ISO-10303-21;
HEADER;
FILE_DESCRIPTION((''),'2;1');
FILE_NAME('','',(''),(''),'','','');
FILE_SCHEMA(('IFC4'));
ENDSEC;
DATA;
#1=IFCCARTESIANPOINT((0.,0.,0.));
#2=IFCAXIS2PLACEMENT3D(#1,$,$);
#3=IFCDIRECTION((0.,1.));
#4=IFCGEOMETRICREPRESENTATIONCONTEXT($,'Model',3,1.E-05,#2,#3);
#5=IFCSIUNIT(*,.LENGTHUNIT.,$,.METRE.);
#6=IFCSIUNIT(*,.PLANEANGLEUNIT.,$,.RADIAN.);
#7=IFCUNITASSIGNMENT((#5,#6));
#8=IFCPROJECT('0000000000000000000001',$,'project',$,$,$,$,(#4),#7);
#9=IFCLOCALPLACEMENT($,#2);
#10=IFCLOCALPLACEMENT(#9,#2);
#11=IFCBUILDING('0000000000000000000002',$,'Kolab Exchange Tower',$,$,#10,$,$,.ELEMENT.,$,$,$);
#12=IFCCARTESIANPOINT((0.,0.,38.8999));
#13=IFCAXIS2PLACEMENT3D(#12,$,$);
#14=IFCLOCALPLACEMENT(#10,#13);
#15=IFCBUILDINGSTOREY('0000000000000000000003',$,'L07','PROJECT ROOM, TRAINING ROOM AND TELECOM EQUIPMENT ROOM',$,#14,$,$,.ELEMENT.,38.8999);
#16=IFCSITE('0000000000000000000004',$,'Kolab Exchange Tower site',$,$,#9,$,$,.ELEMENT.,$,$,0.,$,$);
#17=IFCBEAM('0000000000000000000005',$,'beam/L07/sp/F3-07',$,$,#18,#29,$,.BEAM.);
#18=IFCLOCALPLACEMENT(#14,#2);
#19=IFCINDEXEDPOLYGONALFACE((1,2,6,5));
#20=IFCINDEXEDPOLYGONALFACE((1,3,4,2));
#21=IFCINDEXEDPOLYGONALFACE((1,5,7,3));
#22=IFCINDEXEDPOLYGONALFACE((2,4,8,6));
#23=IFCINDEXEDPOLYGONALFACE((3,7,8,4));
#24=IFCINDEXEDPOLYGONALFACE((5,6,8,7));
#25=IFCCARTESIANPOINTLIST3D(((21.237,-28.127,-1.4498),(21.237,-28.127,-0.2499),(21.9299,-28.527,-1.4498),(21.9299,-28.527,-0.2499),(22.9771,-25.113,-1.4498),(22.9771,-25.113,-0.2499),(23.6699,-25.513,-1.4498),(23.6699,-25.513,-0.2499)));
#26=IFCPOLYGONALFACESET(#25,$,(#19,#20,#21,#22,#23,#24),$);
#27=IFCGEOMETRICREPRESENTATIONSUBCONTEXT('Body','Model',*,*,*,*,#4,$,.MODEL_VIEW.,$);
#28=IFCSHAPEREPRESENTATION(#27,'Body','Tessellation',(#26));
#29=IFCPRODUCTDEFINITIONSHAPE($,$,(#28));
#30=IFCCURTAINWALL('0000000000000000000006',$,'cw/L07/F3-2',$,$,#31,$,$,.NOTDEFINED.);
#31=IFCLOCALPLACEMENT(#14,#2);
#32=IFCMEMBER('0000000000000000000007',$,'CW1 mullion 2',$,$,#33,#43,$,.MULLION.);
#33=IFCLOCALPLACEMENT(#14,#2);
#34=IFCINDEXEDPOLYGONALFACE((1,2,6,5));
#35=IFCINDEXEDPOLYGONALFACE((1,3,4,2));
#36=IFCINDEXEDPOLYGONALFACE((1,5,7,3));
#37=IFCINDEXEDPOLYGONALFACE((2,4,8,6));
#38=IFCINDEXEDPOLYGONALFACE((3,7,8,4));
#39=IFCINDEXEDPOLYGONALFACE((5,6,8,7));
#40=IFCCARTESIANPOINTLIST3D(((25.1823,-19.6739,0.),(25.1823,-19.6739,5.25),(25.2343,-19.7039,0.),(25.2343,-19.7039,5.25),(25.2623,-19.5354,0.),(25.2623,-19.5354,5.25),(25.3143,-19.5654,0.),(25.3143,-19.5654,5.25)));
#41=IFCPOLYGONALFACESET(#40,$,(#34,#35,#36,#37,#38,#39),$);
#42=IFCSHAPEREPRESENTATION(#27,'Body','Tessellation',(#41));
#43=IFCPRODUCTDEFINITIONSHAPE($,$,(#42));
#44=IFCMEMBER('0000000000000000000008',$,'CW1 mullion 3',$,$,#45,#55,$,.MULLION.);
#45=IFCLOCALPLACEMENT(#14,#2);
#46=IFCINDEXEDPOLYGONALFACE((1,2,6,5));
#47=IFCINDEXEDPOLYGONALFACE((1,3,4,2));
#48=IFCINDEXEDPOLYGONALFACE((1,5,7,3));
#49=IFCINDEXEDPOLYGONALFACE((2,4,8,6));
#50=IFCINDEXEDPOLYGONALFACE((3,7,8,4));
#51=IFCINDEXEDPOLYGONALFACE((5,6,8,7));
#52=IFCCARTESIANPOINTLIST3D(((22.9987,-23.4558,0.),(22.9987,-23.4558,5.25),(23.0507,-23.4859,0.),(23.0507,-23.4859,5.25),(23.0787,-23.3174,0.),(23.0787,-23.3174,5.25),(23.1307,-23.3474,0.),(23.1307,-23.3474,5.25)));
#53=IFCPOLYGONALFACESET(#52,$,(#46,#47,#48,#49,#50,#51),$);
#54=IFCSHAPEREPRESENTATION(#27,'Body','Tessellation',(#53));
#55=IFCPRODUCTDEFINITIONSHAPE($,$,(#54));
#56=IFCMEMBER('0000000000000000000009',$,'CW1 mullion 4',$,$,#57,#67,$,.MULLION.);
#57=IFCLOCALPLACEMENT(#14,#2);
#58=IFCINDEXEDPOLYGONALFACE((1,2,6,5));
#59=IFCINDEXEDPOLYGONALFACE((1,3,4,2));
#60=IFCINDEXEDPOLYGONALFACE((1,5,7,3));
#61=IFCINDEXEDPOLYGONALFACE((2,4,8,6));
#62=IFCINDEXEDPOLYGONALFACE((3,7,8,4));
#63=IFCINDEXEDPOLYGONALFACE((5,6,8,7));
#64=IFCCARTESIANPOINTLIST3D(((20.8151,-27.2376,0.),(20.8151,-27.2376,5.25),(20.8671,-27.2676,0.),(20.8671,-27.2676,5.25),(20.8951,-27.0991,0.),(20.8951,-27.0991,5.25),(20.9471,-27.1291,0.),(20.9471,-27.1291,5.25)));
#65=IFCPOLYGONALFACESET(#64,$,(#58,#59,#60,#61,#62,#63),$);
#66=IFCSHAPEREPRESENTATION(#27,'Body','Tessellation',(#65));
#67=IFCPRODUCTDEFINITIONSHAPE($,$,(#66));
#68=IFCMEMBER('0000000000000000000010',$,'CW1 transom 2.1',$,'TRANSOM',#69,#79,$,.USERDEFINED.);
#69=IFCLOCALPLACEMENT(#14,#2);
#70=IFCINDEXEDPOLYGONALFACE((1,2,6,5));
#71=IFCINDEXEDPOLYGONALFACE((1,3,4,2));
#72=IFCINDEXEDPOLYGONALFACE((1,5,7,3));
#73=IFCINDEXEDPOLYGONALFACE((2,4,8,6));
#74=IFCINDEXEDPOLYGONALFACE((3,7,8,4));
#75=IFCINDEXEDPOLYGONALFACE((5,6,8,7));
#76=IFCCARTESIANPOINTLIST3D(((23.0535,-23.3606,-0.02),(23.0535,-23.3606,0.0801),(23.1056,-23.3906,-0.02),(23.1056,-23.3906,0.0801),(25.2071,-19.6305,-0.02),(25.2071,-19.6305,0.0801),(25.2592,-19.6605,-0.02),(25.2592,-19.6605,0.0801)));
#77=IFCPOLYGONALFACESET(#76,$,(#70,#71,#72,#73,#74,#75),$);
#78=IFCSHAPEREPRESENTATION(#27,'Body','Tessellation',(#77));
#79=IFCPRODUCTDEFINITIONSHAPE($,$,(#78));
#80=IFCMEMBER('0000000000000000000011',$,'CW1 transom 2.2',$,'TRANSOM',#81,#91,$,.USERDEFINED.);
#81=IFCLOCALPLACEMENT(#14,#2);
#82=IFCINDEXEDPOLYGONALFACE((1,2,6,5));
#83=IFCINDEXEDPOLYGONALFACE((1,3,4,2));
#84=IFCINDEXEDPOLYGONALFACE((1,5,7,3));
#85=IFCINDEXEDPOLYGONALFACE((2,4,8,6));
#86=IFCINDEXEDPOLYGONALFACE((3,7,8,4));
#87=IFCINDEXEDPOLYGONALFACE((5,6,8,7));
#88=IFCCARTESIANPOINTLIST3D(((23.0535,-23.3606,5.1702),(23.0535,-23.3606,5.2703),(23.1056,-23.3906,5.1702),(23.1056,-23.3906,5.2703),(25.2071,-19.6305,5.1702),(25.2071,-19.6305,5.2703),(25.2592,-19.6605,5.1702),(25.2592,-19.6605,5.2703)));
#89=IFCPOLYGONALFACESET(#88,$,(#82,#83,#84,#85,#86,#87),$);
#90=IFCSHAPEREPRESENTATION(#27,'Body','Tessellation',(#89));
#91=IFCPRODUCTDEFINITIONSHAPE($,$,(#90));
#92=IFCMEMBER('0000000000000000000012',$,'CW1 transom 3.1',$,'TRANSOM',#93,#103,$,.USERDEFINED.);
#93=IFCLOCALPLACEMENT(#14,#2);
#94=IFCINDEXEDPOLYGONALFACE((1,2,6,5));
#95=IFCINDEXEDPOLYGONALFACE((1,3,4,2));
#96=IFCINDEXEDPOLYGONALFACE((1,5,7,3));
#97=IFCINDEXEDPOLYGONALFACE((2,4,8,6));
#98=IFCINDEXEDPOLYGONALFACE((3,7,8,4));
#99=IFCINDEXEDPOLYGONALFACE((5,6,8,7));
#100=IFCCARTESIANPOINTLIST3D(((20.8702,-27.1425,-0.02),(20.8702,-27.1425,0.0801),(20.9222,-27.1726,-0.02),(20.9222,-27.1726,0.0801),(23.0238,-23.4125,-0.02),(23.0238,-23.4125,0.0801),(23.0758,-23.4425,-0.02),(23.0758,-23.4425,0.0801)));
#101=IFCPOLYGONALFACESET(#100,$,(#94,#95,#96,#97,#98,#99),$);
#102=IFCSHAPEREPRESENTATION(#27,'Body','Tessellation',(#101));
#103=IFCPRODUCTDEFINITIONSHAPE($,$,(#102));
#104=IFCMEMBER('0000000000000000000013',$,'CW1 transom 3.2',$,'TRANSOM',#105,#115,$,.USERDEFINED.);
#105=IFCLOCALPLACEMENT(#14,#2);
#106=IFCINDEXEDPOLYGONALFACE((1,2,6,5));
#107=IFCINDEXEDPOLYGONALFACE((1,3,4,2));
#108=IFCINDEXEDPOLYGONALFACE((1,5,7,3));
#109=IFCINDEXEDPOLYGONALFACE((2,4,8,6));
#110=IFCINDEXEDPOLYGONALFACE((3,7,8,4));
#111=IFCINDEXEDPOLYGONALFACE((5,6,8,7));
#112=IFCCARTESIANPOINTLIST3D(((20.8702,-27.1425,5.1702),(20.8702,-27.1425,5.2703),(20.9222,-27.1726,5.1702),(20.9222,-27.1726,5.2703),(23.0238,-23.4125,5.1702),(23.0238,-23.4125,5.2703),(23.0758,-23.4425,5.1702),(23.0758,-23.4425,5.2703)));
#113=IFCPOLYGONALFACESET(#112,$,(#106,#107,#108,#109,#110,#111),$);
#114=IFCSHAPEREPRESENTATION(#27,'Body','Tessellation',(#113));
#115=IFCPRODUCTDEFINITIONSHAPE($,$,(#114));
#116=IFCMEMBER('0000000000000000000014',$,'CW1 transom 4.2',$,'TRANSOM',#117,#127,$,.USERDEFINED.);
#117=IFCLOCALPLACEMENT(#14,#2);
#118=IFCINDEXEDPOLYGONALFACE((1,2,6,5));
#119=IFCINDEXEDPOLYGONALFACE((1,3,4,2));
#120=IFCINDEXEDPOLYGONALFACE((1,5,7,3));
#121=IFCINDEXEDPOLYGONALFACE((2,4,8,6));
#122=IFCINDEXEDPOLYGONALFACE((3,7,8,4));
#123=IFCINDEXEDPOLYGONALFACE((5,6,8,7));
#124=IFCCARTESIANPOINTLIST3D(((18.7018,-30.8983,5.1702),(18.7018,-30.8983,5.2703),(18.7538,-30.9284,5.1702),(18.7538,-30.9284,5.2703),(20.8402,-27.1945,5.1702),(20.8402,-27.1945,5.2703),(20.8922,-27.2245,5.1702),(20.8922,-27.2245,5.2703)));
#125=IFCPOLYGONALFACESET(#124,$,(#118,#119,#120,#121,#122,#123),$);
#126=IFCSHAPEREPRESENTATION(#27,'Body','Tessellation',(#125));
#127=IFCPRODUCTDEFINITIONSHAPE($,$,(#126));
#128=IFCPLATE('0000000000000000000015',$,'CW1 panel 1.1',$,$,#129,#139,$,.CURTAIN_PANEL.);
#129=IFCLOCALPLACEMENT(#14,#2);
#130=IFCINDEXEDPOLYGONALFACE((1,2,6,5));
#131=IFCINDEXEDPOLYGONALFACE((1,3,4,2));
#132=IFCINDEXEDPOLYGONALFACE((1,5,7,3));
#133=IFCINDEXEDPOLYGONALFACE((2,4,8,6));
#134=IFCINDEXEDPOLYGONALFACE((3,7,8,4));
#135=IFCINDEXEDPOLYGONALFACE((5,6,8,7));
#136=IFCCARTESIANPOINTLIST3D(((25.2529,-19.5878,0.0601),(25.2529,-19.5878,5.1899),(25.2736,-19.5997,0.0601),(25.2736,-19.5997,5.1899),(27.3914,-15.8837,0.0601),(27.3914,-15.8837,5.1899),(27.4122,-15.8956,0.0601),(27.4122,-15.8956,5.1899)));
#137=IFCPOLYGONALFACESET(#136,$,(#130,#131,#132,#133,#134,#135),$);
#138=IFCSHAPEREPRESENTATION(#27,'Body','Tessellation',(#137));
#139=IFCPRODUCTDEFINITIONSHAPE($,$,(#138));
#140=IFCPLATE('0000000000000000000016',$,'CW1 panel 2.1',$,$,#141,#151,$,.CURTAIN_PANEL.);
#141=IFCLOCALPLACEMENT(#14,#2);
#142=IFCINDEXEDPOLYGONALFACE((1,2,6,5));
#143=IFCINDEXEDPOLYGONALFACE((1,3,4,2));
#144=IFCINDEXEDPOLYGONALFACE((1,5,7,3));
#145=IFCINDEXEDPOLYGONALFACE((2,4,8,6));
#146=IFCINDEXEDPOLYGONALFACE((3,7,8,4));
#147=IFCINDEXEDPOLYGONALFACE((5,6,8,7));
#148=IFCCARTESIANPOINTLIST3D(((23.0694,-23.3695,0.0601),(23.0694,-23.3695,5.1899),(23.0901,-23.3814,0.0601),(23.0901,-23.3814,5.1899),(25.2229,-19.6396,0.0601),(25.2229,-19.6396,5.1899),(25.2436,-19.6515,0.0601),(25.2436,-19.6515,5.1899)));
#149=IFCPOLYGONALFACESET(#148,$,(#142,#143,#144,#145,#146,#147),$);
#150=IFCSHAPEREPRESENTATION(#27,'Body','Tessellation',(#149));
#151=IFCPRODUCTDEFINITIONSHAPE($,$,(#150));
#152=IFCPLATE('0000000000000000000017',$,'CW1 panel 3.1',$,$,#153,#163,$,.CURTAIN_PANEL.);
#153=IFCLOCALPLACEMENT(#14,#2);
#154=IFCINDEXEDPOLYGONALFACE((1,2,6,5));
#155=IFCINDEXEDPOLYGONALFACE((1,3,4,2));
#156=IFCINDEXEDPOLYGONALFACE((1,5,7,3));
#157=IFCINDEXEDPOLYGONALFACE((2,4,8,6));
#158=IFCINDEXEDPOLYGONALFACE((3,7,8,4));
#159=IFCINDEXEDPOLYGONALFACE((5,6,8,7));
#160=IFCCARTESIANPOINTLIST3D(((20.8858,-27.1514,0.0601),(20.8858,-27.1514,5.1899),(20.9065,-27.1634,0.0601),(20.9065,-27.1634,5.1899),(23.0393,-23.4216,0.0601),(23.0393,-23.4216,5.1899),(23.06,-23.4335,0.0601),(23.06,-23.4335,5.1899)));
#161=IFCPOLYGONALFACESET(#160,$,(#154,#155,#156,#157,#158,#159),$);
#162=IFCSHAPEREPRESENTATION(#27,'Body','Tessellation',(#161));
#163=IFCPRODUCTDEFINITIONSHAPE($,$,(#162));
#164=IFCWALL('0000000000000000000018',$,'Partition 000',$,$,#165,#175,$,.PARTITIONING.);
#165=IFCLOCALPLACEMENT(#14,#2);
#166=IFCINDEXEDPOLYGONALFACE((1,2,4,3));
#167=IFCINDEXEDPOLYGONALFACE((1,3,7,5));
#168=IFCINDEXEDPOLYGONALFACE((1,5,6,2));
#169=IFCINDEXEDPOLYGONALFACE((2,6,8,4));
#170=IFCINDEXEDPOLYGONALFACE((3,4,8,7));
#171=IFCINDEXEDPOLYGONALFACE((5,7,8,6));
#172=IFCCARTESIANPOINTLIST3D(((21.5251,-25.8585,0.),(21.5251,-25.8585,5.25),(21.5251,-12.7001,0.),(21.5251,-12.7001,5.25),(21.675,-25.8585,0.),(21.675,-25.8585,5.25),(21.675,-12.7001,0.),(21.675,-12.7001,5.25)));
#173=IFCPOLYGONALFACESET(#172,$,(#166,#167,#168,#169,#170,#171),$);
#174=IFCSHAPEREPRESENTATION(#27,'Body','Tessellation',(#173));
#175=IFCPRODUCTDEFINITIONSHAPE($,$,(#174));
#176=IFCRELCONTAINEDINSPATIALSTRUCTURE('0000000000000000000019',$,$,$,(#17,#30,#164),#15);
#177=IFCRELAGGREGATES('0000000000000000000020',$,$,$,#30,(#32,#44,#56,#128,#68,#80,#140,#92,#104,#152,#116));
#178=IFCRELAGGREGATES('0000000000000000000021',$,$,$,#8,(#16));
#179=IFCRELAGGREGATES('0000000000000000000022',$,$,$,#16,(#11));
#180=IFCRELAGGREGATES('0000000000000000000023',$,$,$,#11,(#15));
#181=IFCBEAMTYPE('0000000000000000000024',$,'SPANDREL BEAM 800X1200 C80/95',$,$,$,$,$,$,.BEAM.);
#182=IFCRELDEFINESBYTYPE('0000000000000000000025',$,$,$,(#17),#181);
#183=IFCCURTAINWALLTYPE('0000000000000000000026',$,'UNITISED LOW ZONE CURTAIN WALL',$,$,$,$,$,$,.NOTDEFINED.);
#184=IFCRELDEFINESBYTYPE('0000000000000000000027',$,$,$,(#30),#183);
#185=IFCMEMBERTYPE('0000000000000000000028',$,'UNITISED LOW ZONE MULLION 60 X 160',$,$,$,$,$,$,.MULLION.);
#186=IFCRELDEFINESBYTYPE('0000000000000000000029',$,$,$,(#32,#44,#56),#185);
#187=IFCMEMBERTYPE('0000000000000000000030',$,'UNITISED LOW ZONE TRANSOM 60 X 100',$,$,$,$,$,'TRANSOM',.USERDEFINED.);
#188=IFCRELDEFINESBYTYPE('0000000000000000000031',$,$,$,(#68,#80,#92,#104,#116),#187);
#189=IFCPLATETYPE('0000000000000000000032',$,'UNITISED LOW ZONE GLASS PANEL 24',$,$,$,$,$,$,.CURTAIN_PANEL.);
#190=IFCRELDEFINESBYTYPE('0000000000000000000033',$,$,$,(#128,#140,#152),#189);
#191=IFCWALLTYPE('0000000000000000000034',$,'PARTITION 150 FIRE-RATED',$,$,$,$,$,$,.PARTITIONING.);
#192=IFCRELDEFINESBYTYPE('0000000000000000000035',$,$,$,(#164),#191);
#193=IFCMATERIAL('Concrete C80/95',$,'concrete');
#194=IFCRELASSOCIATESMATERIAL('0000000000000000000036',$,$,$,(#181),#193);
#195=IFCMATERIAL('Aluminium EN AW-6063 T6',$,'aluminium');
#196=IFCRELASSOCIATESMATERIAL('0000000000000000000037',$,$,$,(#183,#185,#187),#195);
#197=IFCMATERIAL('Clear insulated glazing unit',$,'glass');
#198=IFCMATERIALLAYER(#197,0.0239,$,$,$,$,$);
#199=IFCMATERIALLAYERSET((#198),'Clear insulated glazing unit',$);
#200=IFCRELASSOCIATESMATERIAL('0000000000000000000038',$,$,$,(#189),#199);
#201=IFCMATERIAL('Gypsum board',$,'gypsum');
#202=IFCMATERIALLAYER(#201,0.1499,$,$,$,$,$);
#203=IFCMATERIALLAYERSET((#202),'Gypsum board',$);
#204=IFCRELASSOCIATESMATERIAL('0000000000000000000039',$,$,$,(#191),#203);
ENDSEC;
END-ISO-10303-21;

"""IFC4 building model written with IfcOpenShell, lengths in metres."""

from ifc_helpers import new_model, si_unit, direction, frame, frame_2d, origin, origin_2d, place, context, subcontext, project, spatial, rectangle, extrude, material, layer, layer_set, material_profile, profile_set, type_object, element, aggregate, save


model = new_model("IFC4")

# Units and contexts
model_context = context("Model", 3, precision=1e-05, world=origin(), true_north=direction((0.0, 1.0)))
body_context = subcontext(model_context, "Body", "Model", "MODEL_VIEW")
ifc_project = project(units=[si_unit("LENGTHUNIT", "METRE"), si_unit("PLANEANGLEUNIT", "RADIAN")], contexts=[model_context])

# Site, building, storey
site_placement = place(None, origin())
site = spatial("IfcSite", under=ifc_project, at=site_placement, Name="Kolab Exchange Tower site", CompositionType="ELEMENT", RefElevation=0.0)
building_placement = place(site_placement, origin())
building = spatial("IfcBuilding", under=site, at=building_placement, Name="Kolab Exchange Tower", CompositionType="ELEMENT")
storey_placement = place(building_placement, frame((0.0, 0.0, 38.8999)))
storey = spatial("IfcBuildingStorey", under=building, at=storey_placement, Name="L07", Description="PROJECT ROOM, TRAINING ROOM AND TELECOM EQUIPMENT ROOM", CompositionType="ELEMENT", Elevation=38.8999)

# Shared definitions
ifc_material_1 = material(Name="Concrete C80/95", Category="concrete")

# Beam
ifc_material_profile_1 = material_profile(ifc_material_1, rectangle(XDim=0.8, YDim=1.2, at=origin_2d()), Name="RC800X1200")
ifc_profile_set_1 = profile_set([ifc_material_profile_1], Name="Concrete C80/95")
beam_type_1 = type_object("IfcBeamType", Name="SPANDREL BEAM 800X1200 C80/95", PredefinedType="BEAM", material=ifc_profile_set_1)
beam_1_placement = place(storey_placement, frame((23.3235, -25.313, -0.8499), z_axis=(-0.49998, -0.866037, 0.0), x_axis=(0.866037, -0.49998, 0.0)))
element("IfcBeam", 1, at=beam_1_placement, inside=storey, type_object=beam_type_1, Name="beam/L07/sp/F3-07", PredefinedType="BEAM", context=body_context, shape_type="SweptSolid", body=[
    extrude(rectangle(XDim=0.8, YDim=1.2, at=origin_2d()), origin(), (0.0, 0.0, 1.0), 3.4802),
])

# Curtain wall, members, plates
ifc_material_2 = material(Name="Aluminium EN AW-6063 T6", Category="aluminium")
curtain_wall_type = type_object("IfcCurtainWallType", Name="UNITISED LOW ZONE CURTAIN WALL", PredefinedType="NOTDEFINED", material=ifc_material_2)
curtain_wall_placement = place(storey_placement, origin())
curtain_wall = element("IfcCurtainWall", 2, at=curtain_wall_placement, inside=storey, type_object=curtain_wall_type, Name="cw/L07/F3-2", PredefinedType="NOTDEFINED")
ifc_material_profile_2 = material_profile(ifc_material_2, rectangle(XDim=0.0601, YDim=0.1599, at=origin_2d()), Name="RECT 60X160")
ifc_profile_set_2 = profile_set([ifc_material_profile_2], Name="Aluminium EN AW-6063 T6")
member_type_1 = type_object("IfcMemberType", Name="UNITISED LOW ZONE MULLION 60 X 160", PredefinedType="MULLION", material=ifc_profile_set_2)
member_1_placement = place(storey_placement, frame((25.2483, -19.6196, 0.0), z_axis=(0.0, 0.0, 1.0), x_axis=(0.866025, -0.5, 0.0)))
member_1 = element("IfcMember", 3, at=member_1_placement, type_object=member_type_1, Name="CW1 mullion 2", PredefinedType="MULLION", context=body_context, shape_type="SweptSolid", body=[
    extrude(rectangle(XDim=0.0601, YDim=0.1599, at=origin_2d()), origin(), (0.0, 0.0, 1.0), 5.25),
])
member_2_placement = place(storey_placement, frame((23.0647, -23.4016, 0.0), z_axis=(0.0, 0.0, 1.0), x_axis=(0.866025, -0.5, 0.0)))
member_2 = element("IfcMember", 4, at=member_2_placement, type_object=member_type_1, Name="CW1 mullion 3", PredefinedType="MULLION", context=body_context, shape_type="SweptSolid", body=[
    extrude(rectangle(XDim=0.0601, YDim=0.1599, at=origin_2d()), origin(), (0.0, 0.0, 1.0), 5.25),
])
member_3_placement = place(storey_placement, frame((20.8811, -27.1833, 0.0), z_axis=(0.0, 0.0, 1.0), x_axis=(0.866025, -0.5, 0.0)))
member_3 = element("IfcMember", 5, at=member_3_placement, type_object=member_type_1, Name="CW1 mullion 4", PredefinedType="MULLION", context=body_context, shape_type="SweptSolid", body=[
    extrude(rectangle(XDim=0.0601, YDim=0.1599, at=origin_2d()), origin(), (0.0, 0.0, 1.0), 5.25),
])
ifc_material_profile_3 = material_profile(ifc_material_2, rectangle(XDim=0.0601, YDim=0.1001, at=origin_2d()), Name="RECT 60X100")
ifc_profile_set_3 = profile_set([ifc_material_profile_3], Name="Aluminium EN AW-6063 T6")
member_type_2 = type_object("IfcMemberType", Name="UNITISED LOW ZONE TRANSOM 60 X 100", ElementType="TRANSOM", PredefinedType="USERDEFINED", material=ifc_profile_set_3)
member_4_placement = place(storey_placement, frame((25.2332, -19.6455, 0.03), z_axis=(-0.50001, -0.866019, 0.0), x_axis=(0.866019, -0.50001, 0.0)))
member_4 = element("IfcMember", 6, at=member_4_placement, type_object=member_type_2, Name="CW1 transom 2.1", ObjectType="TRANSOM", PredefinedType="USERDEFINED", context=body_context, shape_type="SweptSolid", body=[
    extrude(rectangle(XDim=0.0601, YDim=0.1001, at=origin_2d()), origin(), (0.0, 0.0, 1.0), 4.3071),
])
member_5_placement = place(storey_placement, frame((25.2332, -19.6455, 5.2202), z_axis=(-0.50001, -0.866019, 0.0), x_axis=(0.866019, -0.50001, 0.0)))
member_5 = element("IfcMember", 7, at=member_5_placement, type_object=member_type_2, Name="CW1 transom 2.2", ObjectType="TRANSOM", PredefinedType="USERDEFINED", context=body_context, shape_type="SweptSolid", body=[
    extrude(rectangle(XDim=0.0601, YDim=0.1001, at=origin_2d()), origin(), (0.0, 0.0, 1.0), 4.3071),
])
member_6_placement = place(storey_placement, frame((23.0498, -23.4275, 0.03), z_axis=(-0.50001, -0.866019, 0.0), x_axis=(0.866019, -0.50001, 0.0)))
member_6 = element("IfcMember", 8, at=member_6_placement, type_object=member_type_2, Name="CW1 transom 3.1", ObjectType="TRANSOM", PredefinedType="USERDEFINED", context=body_context, shape_type="SweptSolid", body=[
    extrude(rectangle(XDim=0.0601, YDim=0.1001, at=origin_2d()), origin(), (0.0, 0.0, 1.0), 4.3071),
])
member_7_placement = place(storey_placement, frame((23.0498, -23.4275, 5.2202), z_axis=(-0.50001, -0.866019, 0.0), x_axis=(0.866019, -0.50001, 0.0)))
member_7 = element("IfcMember", 9, at=member_7_placement, type_object=member_type_2, Name="CW1 transom 3.2", ObjectType="TRANSOM", PredefinedType="USERDEFINED", context=body_context, shape_type="SweptSolid", body=[
    extrude(rectangle(XDim=0.0601, YDim=0.1001, at=origin_2d()), origin(), (0.0, 0.0, 1.0), 4.3071),
])
member_8_placement = place(storey_placement, frame((20.8662, -27.2095, 5.2202), z_axis=(-0.500001, -0.866025, 0.0), x_axis=(0.866025, -0.500001, 0.0)))
member_8 = element("IfcMember", 10, at=member_8_placement, type_object=member_type_2, Name="CW1 transom 4.2", ObjectType="TRANSOM", PredefinedType="USERDEFINED", context=body_context, shape_type="SweptSolid", body=[
    extrude(rectangle(XDim=0.0601, YDim=0.1001, at=origin_2d()), origin(), (0.0, 0.0, 1.0), 4.2769),
])
ifc_material_3 = material(Name="Clear insulated glazing unit", Category="glass")
ifc_layer_1 = layer(ifc_material_3, 0.0239)
ifc_layer_set_1 = layer_set([ifc_layer_1], Name="Clear insulated glazing unit")
plate_type = type_object("IfcPlateType", Name="UNITISED LOW ZONE GLASS PANEL 24", PredefinedType="CURTAIN_PANEL", material=ifc_layer_set_1)
plate_1_placement = place(storey_placement, frame((26.3325, -17.7417, 0.0601), z_axis=(0.0, 0.0, 1.0), x_axis=(-0.5, -0.866025, 0.0)))
plate_1 = element("IfcPlate", 11, at=plate_1_placement, type_object=plate_type, Name="CW1 panel 1.1", PredefinedType="CURTAIN_PANEL", context=body_context, shape_type="SweptSolid", body=[
    extrude(rectangle(XDim=4.2771, YDim=0.0239, at=origin_2d()), origin(), (0.0, 0.0, 1.0), 5.1299),
])
plate_2_placement = place(storey_placement, frame((24.1565, -21.5105, 0.0601), z_axis=(0.0, 0.0, 1.0), x_axis=(-0.5, -0.866025, 0.0)))
plate_2 = element("IfcPlate", 12, at=plate_2_placement, type_object=plate_type, Name="CW1 panel 2.1", PredefinedType="CURTAIN_PANEL", context=body_context, shape_type="SweptSolid", body=[
    extrude(rectangle(XDim=4.3069, YDim=0.0239, at=origin_2d()), origin(), (0.0, 0.0, 1.0), 5.1299),
])
plate_3_placement = place(storey_placement, frame((21.9729, -25.2925, 0.0601), z_axis=(0.0, 0.0, 1.0), x_axis=(-0.5, -0.866025, 0.0)))
plate_3 = element("IfcPlate", 13, at=plate_3_placement, type_object=plate_type, Name="CW1 panel 3.1", PredefinedType="CURTAIN_PANEL", context=body_context, shape_type="SweptSolid", body=[
    extrude(rectangle(XDim=4.3069, YDim=0.0239, at=origin_2d()), origin(), (0.0, 0.0, 1.0), 5.1299),
])
aggregate(curtain_wall, [member_1, member_2, member_3, plate_1, member_4, member_5, plate_2, member_6, member_7, plate_3, member_8])

# Wall
ifc_material_4 = material(Name="Gypsum board", Category="gypsum")
ifc_layer_2 = layer(ifc_material_4, 0.1499)
ifc_layer_set_2 = layer_set([ifc_layer_2], Name="Gypsum board")
wall_type = type_object("IfcWallType", Name="PARTITION 150 FIRE-RATED", PredefinedType="PARTITIONING", material=ifc_layer_set_2)
wall_placement = place(storey_placement, frame((21.6001, -25.8584, 0.0), z_axis=(0.0, 0.0, 1.0), x_axis=(0.0, 1.0, 0.0)))
element("IfcWall", 14, at=wall_placement, inside=storey, type_object=wall_type, Name="Partition 000", PredefinedType="PARTITIONING", context=body_context, shape_type="SweptSolid", body=[
    extrude(rectangle(XDim=13.1584, YDim=0.1499, at=frame_2d((6.5791, 0.0))), origin(), (0.0, 0.0, 1.0), 5.25),
])

save(model, "model.ifc")
